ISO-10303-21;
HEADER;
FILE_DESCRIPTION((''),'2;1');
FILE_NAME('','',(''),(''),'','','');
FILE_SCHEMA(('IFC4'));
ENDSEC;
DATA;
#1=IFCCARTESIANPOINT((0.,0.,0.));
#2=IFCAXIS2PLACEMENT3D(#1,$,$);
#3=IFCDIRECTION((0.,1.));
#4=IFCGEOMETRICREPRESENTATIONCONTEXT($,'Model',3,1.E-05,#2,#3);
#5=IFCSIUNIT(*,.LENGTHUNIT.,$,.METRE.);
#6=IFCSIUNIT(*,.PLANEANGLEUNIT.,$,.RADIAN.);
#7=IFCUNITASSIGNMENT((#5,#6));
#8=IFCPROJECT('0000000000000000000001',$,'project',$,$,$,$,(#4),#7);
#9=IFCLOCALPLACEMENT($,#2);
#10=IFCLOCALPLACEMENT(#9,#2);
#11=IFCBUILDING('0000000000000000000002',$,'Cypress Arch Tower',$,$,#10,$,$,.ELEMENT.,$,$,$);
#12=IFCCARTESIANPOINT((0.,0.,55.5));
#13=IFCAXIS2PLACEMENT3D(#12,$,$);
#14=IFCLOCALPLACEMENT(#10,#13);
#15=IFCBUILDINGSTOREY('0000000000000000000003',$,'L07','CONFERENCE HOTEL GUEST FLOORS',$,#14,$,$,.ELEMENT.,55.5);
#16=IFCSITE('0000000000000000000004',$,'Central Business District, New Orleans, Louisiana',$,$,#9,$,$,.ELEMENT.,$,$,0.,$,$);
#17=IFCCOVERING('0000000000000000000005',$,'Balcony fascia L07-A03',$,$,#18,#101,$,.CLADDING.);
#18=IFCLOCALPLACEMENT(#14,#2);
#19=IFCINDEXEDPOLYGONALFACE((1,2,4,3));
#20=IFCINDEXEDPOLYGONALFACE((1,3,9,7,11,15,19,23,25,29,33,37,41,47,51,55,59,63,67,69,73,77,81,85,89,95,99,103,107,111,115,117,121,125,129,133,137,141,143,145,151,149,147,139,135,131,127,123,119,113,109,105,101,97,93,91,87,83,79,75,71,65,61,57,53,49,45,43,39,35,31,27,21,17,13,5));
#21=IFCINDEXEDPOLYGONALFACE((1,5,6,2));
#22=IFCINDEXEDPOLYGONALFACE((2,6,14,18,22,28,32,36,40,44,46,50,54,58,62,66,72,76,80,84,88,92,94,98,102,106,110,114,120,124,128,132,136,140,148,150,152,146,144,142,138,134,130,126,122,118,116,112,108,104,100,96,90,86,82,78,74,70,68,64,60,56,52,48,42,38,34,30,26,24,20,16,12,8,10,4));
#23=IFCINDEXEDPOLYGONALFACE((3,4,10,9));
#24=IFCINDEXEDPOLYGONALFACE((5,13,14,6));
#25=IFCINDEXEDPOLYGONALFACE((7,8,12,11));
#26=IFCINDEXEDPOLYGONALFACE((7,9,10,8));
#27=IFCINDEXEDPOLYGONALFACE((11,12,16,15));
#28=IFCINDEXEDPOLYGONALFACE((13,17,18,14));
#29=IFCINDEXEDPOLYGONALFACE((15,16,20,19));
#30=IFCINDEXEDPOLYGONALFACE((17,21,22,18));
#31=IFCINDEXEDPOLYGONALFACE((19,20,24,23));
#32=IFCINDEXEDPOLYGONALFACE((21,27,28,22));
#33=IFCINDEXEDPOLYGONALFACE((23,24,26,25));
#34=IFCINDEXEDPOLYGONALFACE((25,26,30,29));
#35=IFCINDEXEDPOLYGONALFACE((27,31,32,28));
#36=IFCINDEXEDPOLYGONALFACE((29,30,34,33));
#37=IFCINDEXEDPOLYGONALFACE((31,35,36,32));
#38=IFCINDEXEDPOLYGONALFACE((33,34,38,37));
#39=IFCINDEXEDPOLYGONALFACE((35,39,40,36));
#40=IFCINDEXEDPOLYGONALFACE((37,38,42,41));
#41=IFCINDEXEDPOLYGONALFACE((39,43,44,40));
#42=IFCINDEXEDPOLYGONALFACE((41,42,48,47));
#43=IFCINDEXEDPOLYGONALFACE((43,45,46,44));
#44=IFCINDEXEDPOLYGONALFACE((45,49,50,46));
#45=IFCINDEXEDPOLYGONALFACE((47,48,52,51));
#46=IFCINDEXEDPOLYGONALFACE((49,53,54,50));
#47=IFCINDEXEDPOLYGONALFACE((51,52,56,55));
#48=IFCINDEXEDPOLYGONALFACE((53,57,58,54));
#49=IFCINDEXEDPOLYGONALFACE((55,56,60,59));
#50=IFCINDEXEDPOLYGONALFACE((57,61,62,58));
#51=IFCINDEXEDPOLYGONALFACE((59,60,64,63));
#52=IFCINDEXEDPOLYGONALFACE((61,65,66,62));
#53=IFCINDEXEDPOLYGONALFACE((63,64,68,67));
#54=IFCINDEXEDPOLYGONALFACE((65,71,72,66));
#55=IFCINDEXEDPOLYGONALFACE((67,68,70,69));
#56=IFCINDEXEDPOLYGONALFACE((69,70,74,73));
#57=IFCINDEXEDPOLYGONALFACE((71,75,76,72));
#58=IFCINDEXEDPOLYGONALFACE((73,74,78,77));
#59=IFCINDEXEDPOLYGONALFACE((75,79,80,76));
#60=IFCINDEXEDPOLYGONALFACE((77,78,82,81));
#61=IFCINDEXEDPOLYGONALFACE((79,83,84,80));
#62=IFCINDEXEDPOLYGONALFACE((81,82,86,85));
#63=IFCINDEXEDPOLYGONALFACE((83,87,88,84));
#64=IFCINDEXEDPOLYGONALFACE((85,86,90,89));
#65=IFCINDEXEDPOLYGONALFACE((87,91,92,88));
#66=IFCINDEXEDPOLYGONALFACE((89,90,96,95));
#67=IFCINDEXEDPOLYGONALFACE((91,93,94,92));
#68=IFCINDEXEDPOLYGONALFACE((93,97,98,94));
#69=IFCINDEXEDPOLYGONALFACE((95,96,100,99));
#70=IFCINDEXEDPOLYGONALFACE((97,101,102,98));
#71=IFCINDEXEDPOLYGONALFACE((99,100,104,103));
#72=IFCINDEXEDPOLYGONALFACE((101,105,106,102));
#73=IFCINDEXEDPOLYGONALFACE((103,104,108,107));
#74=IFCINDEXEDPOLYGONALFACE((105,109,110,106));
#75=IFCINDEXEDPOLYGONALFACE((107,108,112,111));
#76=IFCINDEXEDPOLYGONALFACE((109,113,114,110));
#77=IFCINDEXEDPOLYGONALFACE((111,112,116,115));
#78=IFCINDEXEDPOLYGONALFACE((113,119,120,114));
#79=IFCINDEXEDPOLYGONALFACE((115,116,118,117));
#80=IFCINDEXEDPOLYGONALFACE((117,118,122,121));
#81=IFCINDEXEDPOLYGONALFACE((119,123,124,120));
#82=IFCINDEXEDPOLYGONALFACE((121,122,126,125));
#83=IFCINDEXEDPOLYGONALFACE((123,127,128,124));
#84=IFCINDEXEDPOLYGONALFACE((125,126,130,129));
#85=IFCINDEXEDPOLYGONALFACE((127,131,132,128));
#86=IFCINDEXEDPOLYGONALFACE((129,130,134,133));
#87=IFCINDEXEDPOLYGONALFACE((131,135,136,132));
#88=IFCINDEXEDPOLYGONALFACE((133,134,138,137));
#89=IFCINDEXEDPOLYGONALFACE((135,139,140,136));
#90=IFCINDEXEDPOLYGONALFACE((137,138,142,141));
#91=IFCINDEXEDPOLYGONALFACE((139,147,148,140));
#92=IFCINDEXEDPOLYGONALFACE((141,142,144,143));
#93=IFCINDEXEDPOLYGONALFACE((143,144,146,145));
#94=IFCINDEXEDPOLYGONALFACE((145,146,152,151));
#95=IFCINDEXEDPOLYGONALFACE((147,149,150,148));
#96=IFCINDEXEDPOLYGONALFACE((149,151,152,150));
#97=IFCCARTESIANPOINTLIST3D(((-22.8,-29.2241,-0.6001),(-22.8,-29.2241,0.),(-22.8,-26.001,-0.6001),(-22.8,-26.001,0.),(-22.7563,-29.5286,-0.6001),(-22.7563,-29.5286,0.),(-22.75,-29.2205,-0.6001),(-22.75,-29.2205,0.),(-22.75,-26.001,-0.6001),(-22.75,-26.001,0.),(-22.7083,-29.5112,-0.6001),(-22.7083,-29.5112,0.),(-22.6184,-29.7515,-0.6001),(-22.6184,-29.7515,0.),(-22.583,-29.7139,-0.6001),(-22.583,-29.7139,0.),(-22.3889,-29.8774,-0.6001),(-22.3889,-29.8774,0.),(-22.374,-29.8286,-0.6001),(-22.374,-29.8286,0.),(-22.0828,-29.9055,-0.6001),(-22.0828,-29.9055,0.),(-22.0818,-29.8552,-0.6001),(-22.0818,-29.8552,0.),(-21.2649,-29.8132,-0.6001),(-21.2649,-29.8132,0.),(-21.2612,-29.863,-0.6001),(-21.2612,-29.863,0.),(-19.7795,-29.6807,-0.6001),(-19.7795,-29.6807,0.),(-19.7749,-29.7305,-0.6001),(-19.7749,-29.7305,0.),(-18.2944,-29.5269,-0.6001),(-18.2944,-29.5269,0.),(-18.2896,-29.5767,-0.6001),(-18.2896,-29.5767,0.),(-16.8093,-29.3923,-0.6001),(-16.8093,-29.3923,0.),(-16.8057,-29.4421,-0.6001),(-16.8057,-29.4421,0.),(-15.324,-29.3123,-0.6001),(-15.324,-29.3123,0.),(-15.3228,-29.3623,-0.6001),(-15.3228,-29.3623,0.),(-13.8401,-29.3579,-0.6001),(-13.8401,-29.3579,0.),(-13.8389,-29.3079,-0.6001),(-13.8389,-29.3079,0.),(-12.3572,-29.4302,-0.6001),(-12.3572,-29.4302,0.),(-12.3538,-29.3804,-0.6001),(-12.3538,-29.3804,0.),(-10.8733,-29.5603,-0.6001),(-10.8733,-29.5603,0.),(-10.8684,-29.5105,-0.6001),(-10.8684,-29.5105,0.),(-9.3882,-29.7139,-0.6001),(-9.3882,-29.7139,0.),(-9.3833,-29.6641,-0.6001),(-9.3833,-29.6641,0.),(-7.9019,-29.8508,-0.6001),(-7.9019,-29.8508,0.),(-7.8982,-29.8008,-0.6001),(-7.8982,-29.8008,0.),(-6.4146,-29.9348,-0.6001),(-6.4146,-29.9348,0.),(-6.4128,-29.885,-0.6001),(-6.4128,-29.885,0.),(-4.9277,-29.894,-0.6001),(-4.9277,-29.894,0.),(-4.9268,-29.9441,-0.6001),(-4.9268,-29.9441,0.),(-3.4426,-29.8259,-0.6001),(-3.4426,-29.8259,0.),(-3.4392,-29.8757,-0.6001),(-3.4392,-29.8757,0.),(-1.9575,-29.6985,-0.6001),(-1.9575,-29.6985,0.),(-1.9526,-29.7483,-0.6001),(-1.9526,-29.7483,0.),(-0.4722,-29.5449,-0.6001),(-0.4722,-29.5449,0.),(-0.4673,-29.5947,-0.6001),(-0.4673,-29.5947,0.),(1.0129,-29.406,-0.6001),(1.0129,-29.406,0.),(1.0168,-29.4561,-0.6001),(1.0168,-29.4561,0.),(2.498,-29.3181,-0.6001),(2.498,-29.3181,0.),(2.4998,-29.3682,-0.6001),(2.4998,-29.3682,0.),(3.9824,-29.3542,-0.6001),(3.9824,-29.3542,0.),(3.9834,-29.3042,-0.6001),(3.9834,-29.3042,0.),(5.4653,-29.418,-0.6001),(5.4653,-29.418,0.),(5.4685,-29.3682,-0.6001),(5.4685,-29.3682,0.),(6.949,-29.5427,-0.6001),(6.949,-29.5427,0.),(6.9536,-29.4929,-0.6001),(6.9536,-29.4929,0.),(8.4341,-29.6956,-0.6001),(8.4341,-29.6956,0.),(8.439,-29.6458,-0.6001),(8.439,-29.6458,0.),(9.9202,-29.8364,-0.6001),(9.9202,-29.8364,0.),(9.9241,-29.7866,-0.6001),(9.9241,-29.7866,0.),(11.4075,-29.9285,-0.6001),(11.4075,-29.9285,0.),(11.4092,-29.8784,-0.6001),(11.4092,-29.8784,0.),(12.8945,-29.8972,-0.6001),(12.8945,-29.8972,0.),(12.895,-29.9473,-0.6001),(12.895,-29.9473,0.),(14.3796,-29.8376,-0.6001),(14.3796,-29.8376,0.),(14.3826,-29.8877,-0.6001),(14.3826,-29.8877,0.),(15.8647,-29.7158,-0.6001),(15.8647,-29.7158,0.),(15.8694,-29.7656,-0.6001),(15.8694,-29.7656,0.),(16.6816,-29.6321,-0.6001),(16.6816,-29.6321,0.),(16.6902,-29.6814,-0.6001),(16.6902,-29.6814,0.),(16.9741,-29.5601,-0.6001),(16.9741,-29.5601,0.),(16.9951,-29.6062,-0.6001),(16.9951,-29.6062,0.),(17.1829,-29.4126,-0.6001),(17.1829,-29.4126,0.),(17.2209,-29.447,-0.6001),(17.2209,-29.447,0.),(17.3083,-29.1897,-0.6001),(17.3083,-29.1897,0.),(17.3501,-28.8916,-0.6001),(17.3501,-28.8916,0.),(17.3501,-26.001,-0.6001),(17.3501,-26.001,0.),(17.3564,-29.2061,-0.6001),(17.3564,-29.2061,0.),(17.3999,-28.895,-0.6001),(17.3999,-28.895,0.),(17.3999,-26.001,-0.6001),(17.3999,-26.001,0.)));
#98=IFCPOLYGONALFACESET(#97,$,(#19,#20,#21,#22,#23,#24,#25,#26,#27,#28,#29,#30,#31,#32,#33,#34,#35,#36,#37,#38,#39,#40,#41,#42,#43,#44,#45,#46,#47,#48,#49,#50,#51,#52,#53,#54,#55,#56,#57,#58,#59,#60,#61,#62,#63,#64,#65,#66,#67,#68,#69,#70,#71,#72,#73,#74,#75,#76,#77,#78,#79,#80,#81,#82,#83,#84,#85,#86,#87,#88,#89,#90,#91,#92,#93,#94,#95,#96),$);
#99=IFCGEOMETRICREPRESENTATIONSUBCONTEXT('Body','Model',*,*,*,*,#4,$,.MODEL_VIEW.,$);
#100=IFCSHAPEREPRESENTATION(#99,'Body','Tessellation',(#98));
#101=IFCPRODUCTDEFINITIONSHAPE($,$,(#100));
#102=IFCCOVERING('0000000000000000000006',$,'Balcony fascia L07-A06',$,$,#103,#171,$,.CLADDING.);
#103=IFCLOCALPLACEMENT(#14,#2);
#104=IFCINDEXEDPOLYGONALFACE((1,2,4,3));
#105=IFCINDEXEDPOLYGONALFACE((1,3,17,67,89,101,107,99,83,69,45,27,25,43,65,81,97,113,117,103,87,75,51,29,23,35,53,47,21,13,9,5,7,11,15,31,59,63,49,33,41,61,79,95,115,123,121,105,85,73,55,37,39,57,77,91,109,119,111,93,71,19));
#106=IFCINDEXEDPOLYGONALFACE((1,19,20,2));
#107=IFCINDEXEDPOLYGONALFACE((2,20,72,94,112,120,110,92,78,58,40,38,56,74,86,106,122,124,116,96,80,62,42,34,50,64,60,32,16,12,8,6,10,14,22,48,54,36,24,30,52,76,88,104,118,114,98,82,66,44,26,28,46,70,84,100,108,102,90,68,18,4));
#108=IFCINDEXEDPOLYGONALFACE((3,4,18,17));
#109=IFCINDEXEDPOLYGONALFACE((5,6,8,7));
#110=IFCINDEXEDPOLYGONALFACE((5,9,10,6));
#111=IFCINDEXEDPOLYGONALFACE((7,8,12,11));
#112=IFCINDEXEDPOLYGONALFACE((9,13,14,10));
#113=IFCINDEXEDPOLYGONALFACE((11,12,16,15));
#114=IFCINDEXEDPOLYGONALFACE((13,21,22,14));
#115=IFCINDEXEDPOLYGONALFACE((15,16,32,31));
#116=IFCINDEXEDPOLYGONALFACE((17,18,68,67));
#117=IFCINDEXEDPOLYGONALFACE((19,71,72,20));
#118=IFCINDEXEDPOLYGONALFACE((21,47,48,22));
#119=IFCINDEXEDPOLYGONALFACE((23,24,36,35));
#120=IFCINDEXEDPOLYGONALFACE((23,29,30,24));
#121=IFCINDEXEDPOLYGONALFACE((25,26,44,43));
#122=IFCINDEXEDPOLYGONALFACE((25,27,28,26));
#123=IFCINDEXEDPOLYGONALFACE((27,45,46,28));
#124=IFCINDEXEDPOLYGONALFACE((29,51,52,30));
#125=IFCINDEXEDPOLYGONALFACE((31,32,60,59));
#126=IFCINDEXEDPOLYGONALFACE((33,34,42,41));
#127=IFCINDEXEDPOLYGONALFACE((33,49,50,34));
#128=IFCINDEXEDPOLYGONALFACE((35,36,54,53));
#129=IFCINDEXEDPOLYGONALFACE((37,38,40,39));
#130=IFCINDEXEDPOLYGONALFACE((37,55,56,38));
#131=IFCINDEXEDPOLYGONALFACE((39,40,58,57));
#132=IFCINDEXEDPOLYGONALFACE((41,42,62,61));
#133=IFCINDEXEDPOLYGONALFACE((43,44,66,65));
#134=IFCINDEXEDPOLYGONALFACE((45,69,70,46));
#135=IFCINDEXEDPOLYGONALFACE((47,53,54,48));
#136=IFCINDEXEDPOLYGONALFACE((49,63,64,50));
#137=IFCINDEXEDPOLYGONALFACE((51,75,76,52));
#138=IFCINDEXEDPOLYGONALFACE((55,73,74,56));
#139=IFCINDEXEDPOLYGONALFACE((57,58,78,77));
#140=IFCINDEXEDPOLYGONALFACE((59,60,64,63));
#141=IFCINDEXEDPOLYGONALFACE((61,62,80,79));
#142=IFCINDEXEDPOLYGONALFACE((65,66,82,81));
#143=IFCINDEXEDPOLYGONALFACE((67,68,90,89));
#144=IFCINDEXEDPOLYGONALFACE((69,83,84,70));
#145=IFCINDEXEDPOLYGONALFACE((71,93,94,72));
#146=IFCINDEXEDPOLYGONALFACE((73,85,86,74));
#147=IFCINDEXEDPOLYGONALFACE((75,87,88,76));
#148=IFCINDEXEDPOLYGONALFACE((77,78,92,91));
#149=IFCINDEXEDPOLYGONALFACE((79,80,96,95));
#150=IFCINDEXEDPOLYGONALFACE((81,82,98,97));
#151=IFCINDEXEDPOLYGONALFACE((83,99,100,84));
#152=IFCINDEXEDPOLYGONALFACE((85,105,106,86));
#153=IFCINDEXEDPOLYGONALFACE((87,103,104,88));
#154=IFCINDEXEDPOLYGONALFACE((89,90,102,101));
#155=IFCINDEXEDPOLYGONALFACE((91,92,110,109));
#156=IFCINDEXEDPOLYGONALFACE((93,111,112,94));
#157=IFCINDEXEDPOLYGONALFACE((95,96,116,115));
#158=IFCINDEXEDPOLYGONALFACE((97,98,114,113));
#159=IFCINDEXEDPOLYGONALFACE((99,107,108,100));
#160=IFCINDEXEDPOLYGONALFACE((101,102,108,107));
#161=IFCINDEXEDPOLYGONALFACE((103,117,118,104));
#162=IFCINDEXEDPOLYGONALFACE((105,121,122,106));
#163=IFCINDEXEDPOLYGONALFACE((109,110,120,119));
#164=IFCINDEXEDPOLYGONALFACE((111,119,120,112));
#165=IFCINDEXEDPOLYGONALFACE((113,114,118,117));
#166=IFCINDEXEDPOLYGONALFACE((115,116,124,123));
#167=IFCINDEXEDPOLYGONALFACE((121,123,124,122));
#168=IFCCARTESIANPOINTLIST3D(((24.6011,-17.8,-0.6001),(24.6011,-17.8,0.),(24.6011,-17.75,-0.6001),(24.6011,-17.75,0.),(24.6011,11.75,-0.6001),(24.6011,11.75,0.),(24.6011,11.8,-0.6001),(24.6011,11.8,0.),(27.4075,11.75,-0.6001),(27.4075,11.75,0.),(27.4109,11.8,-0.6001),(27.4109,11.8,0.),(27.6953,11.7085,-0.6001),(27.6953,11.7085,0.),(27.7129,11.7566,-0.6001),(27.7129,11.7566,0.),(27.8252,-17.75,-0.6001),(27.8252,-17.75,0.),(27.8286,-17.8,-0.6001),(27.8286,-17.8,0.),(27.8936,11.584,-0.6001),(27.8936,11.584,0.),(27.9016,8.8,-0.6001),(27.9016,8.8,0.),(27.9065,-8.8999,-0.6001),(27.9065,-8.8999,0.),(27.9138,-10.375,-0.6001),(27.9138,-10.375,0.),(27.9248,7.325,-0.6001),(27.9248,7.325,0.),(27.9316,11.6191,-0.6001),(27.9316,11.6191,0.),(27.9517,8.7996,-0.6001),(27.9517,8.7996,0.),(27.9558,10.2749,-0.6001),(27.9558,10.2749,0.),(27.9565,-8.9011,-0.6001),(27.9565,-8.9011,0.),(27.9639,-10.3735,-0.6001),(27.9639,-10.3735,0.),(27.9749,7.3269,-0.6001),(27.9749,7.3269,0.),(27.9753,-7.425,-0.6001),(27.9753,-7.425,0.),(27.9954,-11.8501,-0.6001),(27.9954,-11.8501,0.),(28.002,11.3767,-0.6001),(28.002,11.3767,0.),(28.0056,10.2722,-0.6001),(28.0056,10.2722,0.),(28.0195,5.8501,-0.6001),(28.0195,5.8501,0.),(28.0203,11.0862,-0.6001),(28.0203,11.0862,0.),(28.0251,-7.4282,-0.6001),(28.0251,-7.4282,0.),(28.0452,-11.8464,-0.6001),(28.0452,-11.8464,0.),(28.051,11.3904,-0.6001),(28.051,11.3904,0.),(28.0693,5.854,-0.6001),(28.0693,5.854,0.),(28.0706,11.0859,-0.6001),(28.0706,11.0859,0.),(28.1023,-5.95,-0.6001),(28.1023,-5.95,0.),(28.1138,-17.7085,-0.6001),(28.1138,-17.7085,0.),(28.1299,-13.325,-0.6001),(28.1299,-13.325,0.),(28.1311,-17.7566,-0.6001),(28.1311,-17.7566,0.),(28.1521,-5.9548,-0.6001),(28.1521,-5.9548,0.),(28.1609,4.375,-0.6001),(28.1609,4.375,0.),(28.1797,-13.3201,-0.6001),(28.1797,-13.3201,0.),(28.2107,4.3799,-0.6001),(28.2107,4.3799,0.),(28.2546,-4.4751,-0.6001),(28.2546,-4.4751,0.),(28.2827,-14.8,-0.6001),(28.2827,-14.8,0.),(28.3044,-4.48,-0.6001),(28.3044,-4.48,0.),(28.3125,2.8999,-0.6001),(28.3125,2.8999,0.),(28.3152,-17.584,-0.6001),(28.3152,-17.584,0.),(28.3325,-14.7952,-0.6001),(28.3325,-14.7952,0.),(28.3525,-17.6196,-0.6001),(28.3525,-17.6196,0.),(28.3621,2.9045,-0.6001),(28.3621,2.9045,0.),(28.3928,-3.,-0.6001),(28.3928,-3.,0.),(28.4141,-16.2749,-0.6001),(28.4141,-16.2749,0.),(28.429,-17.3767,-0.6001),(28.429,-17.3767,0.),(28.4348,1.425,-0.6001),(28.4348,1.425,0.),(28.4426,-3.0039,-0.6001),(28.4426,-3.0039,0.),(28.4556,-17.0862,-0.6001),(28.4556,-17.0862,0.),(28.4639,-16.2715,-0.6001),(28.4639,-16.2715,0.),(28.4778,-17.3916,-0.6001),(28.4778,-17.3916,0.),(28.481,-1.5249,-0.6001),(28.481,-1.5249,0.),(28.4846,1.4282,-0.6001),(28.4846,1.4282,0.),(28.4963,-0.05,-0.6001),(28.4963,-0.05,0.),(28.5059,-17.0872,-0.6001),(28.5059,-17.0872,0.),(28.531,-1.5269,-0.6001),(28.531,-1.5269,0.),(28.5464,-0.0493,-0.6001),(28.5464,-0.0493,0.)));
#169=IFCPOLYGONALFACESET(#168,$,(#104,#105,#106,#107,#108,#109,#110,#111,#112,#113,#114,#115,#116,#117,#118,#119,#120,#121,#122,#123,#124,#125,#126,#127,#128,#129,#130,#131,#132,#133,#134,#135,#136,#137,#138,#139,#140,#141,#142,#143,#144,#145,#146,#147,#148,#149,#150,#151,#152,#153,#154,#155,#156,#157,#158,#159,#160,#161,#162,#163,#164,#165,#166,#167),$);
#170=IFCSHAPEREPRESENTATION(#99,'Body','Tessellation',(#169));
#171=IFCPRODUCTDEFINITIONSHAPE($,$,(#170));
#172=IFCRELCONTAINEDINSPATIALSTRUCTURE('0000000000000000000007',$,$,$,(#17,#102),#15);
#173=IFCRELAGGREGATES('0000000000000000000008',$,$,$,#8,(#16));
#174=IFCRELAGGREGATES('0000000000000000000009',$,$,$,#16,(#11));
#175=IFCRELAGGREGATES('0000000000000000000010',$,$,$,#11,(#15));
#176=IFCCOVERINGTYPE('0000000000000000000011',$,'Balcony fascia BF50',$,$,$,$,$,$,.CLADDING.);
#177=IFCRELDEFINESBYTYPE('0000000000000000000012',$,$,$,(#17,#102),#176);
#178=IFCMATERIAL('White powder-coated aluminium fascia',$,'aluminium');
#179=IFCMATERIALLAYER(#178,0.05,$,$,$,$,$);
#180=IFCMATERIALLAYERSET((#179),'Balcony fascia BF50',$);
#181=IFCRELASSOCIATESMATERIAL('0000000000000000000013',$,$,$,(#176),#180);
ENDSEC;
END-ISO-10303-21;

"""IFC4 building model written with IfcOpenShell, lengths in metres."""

from ifc_helpers import new_model, si_unit, direction, frame, origin, place, context, subcontext, project, spatial, polyline, outline, extrude, material, layer, layer_set, type_object, element, save


model = new_model("IFC4")

# Units and contexts
model_context = context("Model", 3, precision=1e-05, world=origin(), true_north=direction((0.0, 1.0)))
body_context = subcontext(model_context, "Body", "Model", "MODEL_VIEW")
ifc_project = project(units=[si_unit("LENGTHUNIT", "METRE"), si_unit("PLANEANGLEUNIT", "RADIAN")], contexts=[model_context])

# Site, building, storey
site_placement = place(None, origin())
site = spatial("IfcSite", under=ifc_project, at=site_placement, Name="Central Business District, New Orleans, Louisiana", CompositionType="ELEMENT", RefElevation=0.0)
building_placement = place(site_placement, origin())
building = spatial("IfcBuilding", under=site, at=building_placement, Name="Cypress Arch Tower", CompositionType="ELEMENT")
storey_placement = place(building_placement, frame((0.0, 0.0, 55.5)))
storey = spatial("IfcBuildingStorey", under=building, at=storey_placement, Name="L07", Description="CONFERENCE HOTEL GUEST FLOORS", CompositionType="ELEMENT", Elevation=55.5)

# Coverings
ifc_material_1 = material(Name="White powder-coated aluminium fascia", Category="aluminium")
ifc_layer_1 = layer(ifc_material_1, 0.05)
ifc_layer_set_1 = layer_set([ifc_layer_1], Name="Balcony fascia BF50")
covering_type_1 = type_object("IfcCoveringType", Name="Balcony fascia BF50", PredefinedType="CLADDING", material=ifc_layer_set_1)
covering_1_placement = place(storey_placement, frame((0.0, 0.0, -0.6001)))
element("IfcCovering", 1, at=covering_1_placement, inside=storey, type_object=covering_type_1, Name="Balcony fascia L07-A03", PredefinedType="CLADDING", context=body_context, shape_type="SweptSolid", body=[
    extrude(outline(polyline([(17.3999, -28.895), (17.3564, -29.2061), (17.2209, -29.447), (16.9951, -29.6062), (16.6902, -29.6814), (15.8694, -29.7656), (14.3826, -29.8877), (12.895, -29.9473), (11.4075, -29.9285), (9.9202, -29.8364), (8.4341, -29.6956), (6.949, -29.5427), (5.4653, -29.418), (3.9824, -29.3542), (2.4998, -29.3682), (1.0168, -29.4561), (-0.4673, -29.5947), (-1.9526, -29.7483), (-3.4392, -29.8757), (-4.9268, -29.9441), (-6.4146, -29.9348), (-7.9019, -29.8508), (-9.3882, -29.7139), (-10.8733, -29.5603), (-12.3572, -29.4302), (-13.8401, -29.3579), (-15.3228, -29.3623), (-16.8057, -29.4421), (-18.2896, -29.5767), (-19.7749, -29.7305), (-21.2612, -29.863), (-22.0828, -29.9055), (-22.3889, -29.8774), (-22.6184, -29.7515), (-22.7563, -29.5286), (-22.8, -29.2241), (-22.8, -26.001), (-22.75, -26.001), (-22.75, -29.2205), (-22.7083, -29.5112), (-22.583, -29.7139), (-22.374, -29.8286), (-22.0818, -29.8552), (-21.2649, -29.8132), (-19.7795, -29.6807), (-18.2944, -29.5269), (-16.8093, -29.3923), (-15.324, -29.3123), (-13.8389, -29.3079), (-12.3538, -29.3804), (-10.8684, -29.5105), (-9.3833, -29.6641), (-7.8982, -29.8008), (-6.4128, -29.885), (-4.9277, -29.894), (-3.4426, -29.8259), (-1.9575, -29.6985), (-0.4722, -29.5449), (1.0129, -29.406), (2.498, -29.3181), (3.9834, -29.3042), (5.4685, -29.3682), (6.9536, -29.4929), (8.439, -29.6458), (9.9241, -29.7866), (11.4092, -29.8784), (12.8945, -29.8972), (14.3796, -29.8376), (15.8647, -29.7158), (16.6816, -29.6321), (16.9741, -29.5601), (17.1829, -29.4126), (17.3083, -29.1897), (17.3501, -28.8916), (17.3501, -26.001), (17.3999, -26.001), (17.3999, -28.895)])), origin(), (0.0, 0.0, 1.0), 0.6001),
])
covering_2_placement = place(storey_placement, frame((0.0, 0.0, -0.6001)))
element("IfcCovering", 2, at=covering_2_placement, inside=storey, type_object=covering_type_1, Name="Balcony fascia L07-A06", PredefinedType="CLADDING", context=body_context, shape_type="SweptSolid", body=[
    extrude(outline(polyline([(27.4109, 11.8), (27.7129, 11.7566), (27.9316, 11.6191), (28.051, 11.3904), (28.0706, 11.0859), (28.0056, 10.2722), (27.9517, 8.7996), (27.9749, 7.3269), (28.0693, 5.854), (28.2107, 4.3799), (28.3621, 2.9045), (28.4846, 1.4282), (28.5464, -0.0493), (28.531, -1.5269), (28.4426, -3.0039), (28.3044, -4.48), (28.1521, -5.9548), (28.0251, -7.4282), (27.9565, -8.9011), (27.9639, -10.3735), (28.0452, -11.8464), (28.1797, -13.3201), (28.3325, -14.7952), (28.4639, -16.2715), (28.5059, -17.0872), (28.4778, -17.3916), (28.3525, -17.6196), (28.1311, -17.7566), (27.8286, -17.8), (24.6011, -17.8), (24.6011, -17.75), (27.8252, -17.75), (28.1138, -17.7085), (28.3152, -17.584), (28.429, -17.3767), (28.4556, -17.0862), (28.4141, -16.2749), (28.2827, -14.8), (28.1299, -13.325), (27.9954, -11.8501), (27.9138, -10.375), (27.9065, -8.8999), (27.9753, -7.425), (28.1023, -5.95), (28.2546, -4.4751), (28.3928, -3.0), (28.481, -1.5249), (28.4963, -0.05), (28.4348, 1.425), (28.3125, 2.8999), (28.1609, 4.375), (28.0195, 5.8501), (27.9248, 7.325), (27.9016, 8.8), (27.9558, 10.2749), (28.0203, 11.0862), (28.002, 11.3767), (27.8936, 11.584), (27.6953, 11.7085), (27.4075, 11.75), (24.6011, 11.75), (24.6011, 11.8), (27.4109, 11.8)])), origin(), (0.0, 0.0, 1.0), 0.6001),
])

save(model, "model.ifc")
